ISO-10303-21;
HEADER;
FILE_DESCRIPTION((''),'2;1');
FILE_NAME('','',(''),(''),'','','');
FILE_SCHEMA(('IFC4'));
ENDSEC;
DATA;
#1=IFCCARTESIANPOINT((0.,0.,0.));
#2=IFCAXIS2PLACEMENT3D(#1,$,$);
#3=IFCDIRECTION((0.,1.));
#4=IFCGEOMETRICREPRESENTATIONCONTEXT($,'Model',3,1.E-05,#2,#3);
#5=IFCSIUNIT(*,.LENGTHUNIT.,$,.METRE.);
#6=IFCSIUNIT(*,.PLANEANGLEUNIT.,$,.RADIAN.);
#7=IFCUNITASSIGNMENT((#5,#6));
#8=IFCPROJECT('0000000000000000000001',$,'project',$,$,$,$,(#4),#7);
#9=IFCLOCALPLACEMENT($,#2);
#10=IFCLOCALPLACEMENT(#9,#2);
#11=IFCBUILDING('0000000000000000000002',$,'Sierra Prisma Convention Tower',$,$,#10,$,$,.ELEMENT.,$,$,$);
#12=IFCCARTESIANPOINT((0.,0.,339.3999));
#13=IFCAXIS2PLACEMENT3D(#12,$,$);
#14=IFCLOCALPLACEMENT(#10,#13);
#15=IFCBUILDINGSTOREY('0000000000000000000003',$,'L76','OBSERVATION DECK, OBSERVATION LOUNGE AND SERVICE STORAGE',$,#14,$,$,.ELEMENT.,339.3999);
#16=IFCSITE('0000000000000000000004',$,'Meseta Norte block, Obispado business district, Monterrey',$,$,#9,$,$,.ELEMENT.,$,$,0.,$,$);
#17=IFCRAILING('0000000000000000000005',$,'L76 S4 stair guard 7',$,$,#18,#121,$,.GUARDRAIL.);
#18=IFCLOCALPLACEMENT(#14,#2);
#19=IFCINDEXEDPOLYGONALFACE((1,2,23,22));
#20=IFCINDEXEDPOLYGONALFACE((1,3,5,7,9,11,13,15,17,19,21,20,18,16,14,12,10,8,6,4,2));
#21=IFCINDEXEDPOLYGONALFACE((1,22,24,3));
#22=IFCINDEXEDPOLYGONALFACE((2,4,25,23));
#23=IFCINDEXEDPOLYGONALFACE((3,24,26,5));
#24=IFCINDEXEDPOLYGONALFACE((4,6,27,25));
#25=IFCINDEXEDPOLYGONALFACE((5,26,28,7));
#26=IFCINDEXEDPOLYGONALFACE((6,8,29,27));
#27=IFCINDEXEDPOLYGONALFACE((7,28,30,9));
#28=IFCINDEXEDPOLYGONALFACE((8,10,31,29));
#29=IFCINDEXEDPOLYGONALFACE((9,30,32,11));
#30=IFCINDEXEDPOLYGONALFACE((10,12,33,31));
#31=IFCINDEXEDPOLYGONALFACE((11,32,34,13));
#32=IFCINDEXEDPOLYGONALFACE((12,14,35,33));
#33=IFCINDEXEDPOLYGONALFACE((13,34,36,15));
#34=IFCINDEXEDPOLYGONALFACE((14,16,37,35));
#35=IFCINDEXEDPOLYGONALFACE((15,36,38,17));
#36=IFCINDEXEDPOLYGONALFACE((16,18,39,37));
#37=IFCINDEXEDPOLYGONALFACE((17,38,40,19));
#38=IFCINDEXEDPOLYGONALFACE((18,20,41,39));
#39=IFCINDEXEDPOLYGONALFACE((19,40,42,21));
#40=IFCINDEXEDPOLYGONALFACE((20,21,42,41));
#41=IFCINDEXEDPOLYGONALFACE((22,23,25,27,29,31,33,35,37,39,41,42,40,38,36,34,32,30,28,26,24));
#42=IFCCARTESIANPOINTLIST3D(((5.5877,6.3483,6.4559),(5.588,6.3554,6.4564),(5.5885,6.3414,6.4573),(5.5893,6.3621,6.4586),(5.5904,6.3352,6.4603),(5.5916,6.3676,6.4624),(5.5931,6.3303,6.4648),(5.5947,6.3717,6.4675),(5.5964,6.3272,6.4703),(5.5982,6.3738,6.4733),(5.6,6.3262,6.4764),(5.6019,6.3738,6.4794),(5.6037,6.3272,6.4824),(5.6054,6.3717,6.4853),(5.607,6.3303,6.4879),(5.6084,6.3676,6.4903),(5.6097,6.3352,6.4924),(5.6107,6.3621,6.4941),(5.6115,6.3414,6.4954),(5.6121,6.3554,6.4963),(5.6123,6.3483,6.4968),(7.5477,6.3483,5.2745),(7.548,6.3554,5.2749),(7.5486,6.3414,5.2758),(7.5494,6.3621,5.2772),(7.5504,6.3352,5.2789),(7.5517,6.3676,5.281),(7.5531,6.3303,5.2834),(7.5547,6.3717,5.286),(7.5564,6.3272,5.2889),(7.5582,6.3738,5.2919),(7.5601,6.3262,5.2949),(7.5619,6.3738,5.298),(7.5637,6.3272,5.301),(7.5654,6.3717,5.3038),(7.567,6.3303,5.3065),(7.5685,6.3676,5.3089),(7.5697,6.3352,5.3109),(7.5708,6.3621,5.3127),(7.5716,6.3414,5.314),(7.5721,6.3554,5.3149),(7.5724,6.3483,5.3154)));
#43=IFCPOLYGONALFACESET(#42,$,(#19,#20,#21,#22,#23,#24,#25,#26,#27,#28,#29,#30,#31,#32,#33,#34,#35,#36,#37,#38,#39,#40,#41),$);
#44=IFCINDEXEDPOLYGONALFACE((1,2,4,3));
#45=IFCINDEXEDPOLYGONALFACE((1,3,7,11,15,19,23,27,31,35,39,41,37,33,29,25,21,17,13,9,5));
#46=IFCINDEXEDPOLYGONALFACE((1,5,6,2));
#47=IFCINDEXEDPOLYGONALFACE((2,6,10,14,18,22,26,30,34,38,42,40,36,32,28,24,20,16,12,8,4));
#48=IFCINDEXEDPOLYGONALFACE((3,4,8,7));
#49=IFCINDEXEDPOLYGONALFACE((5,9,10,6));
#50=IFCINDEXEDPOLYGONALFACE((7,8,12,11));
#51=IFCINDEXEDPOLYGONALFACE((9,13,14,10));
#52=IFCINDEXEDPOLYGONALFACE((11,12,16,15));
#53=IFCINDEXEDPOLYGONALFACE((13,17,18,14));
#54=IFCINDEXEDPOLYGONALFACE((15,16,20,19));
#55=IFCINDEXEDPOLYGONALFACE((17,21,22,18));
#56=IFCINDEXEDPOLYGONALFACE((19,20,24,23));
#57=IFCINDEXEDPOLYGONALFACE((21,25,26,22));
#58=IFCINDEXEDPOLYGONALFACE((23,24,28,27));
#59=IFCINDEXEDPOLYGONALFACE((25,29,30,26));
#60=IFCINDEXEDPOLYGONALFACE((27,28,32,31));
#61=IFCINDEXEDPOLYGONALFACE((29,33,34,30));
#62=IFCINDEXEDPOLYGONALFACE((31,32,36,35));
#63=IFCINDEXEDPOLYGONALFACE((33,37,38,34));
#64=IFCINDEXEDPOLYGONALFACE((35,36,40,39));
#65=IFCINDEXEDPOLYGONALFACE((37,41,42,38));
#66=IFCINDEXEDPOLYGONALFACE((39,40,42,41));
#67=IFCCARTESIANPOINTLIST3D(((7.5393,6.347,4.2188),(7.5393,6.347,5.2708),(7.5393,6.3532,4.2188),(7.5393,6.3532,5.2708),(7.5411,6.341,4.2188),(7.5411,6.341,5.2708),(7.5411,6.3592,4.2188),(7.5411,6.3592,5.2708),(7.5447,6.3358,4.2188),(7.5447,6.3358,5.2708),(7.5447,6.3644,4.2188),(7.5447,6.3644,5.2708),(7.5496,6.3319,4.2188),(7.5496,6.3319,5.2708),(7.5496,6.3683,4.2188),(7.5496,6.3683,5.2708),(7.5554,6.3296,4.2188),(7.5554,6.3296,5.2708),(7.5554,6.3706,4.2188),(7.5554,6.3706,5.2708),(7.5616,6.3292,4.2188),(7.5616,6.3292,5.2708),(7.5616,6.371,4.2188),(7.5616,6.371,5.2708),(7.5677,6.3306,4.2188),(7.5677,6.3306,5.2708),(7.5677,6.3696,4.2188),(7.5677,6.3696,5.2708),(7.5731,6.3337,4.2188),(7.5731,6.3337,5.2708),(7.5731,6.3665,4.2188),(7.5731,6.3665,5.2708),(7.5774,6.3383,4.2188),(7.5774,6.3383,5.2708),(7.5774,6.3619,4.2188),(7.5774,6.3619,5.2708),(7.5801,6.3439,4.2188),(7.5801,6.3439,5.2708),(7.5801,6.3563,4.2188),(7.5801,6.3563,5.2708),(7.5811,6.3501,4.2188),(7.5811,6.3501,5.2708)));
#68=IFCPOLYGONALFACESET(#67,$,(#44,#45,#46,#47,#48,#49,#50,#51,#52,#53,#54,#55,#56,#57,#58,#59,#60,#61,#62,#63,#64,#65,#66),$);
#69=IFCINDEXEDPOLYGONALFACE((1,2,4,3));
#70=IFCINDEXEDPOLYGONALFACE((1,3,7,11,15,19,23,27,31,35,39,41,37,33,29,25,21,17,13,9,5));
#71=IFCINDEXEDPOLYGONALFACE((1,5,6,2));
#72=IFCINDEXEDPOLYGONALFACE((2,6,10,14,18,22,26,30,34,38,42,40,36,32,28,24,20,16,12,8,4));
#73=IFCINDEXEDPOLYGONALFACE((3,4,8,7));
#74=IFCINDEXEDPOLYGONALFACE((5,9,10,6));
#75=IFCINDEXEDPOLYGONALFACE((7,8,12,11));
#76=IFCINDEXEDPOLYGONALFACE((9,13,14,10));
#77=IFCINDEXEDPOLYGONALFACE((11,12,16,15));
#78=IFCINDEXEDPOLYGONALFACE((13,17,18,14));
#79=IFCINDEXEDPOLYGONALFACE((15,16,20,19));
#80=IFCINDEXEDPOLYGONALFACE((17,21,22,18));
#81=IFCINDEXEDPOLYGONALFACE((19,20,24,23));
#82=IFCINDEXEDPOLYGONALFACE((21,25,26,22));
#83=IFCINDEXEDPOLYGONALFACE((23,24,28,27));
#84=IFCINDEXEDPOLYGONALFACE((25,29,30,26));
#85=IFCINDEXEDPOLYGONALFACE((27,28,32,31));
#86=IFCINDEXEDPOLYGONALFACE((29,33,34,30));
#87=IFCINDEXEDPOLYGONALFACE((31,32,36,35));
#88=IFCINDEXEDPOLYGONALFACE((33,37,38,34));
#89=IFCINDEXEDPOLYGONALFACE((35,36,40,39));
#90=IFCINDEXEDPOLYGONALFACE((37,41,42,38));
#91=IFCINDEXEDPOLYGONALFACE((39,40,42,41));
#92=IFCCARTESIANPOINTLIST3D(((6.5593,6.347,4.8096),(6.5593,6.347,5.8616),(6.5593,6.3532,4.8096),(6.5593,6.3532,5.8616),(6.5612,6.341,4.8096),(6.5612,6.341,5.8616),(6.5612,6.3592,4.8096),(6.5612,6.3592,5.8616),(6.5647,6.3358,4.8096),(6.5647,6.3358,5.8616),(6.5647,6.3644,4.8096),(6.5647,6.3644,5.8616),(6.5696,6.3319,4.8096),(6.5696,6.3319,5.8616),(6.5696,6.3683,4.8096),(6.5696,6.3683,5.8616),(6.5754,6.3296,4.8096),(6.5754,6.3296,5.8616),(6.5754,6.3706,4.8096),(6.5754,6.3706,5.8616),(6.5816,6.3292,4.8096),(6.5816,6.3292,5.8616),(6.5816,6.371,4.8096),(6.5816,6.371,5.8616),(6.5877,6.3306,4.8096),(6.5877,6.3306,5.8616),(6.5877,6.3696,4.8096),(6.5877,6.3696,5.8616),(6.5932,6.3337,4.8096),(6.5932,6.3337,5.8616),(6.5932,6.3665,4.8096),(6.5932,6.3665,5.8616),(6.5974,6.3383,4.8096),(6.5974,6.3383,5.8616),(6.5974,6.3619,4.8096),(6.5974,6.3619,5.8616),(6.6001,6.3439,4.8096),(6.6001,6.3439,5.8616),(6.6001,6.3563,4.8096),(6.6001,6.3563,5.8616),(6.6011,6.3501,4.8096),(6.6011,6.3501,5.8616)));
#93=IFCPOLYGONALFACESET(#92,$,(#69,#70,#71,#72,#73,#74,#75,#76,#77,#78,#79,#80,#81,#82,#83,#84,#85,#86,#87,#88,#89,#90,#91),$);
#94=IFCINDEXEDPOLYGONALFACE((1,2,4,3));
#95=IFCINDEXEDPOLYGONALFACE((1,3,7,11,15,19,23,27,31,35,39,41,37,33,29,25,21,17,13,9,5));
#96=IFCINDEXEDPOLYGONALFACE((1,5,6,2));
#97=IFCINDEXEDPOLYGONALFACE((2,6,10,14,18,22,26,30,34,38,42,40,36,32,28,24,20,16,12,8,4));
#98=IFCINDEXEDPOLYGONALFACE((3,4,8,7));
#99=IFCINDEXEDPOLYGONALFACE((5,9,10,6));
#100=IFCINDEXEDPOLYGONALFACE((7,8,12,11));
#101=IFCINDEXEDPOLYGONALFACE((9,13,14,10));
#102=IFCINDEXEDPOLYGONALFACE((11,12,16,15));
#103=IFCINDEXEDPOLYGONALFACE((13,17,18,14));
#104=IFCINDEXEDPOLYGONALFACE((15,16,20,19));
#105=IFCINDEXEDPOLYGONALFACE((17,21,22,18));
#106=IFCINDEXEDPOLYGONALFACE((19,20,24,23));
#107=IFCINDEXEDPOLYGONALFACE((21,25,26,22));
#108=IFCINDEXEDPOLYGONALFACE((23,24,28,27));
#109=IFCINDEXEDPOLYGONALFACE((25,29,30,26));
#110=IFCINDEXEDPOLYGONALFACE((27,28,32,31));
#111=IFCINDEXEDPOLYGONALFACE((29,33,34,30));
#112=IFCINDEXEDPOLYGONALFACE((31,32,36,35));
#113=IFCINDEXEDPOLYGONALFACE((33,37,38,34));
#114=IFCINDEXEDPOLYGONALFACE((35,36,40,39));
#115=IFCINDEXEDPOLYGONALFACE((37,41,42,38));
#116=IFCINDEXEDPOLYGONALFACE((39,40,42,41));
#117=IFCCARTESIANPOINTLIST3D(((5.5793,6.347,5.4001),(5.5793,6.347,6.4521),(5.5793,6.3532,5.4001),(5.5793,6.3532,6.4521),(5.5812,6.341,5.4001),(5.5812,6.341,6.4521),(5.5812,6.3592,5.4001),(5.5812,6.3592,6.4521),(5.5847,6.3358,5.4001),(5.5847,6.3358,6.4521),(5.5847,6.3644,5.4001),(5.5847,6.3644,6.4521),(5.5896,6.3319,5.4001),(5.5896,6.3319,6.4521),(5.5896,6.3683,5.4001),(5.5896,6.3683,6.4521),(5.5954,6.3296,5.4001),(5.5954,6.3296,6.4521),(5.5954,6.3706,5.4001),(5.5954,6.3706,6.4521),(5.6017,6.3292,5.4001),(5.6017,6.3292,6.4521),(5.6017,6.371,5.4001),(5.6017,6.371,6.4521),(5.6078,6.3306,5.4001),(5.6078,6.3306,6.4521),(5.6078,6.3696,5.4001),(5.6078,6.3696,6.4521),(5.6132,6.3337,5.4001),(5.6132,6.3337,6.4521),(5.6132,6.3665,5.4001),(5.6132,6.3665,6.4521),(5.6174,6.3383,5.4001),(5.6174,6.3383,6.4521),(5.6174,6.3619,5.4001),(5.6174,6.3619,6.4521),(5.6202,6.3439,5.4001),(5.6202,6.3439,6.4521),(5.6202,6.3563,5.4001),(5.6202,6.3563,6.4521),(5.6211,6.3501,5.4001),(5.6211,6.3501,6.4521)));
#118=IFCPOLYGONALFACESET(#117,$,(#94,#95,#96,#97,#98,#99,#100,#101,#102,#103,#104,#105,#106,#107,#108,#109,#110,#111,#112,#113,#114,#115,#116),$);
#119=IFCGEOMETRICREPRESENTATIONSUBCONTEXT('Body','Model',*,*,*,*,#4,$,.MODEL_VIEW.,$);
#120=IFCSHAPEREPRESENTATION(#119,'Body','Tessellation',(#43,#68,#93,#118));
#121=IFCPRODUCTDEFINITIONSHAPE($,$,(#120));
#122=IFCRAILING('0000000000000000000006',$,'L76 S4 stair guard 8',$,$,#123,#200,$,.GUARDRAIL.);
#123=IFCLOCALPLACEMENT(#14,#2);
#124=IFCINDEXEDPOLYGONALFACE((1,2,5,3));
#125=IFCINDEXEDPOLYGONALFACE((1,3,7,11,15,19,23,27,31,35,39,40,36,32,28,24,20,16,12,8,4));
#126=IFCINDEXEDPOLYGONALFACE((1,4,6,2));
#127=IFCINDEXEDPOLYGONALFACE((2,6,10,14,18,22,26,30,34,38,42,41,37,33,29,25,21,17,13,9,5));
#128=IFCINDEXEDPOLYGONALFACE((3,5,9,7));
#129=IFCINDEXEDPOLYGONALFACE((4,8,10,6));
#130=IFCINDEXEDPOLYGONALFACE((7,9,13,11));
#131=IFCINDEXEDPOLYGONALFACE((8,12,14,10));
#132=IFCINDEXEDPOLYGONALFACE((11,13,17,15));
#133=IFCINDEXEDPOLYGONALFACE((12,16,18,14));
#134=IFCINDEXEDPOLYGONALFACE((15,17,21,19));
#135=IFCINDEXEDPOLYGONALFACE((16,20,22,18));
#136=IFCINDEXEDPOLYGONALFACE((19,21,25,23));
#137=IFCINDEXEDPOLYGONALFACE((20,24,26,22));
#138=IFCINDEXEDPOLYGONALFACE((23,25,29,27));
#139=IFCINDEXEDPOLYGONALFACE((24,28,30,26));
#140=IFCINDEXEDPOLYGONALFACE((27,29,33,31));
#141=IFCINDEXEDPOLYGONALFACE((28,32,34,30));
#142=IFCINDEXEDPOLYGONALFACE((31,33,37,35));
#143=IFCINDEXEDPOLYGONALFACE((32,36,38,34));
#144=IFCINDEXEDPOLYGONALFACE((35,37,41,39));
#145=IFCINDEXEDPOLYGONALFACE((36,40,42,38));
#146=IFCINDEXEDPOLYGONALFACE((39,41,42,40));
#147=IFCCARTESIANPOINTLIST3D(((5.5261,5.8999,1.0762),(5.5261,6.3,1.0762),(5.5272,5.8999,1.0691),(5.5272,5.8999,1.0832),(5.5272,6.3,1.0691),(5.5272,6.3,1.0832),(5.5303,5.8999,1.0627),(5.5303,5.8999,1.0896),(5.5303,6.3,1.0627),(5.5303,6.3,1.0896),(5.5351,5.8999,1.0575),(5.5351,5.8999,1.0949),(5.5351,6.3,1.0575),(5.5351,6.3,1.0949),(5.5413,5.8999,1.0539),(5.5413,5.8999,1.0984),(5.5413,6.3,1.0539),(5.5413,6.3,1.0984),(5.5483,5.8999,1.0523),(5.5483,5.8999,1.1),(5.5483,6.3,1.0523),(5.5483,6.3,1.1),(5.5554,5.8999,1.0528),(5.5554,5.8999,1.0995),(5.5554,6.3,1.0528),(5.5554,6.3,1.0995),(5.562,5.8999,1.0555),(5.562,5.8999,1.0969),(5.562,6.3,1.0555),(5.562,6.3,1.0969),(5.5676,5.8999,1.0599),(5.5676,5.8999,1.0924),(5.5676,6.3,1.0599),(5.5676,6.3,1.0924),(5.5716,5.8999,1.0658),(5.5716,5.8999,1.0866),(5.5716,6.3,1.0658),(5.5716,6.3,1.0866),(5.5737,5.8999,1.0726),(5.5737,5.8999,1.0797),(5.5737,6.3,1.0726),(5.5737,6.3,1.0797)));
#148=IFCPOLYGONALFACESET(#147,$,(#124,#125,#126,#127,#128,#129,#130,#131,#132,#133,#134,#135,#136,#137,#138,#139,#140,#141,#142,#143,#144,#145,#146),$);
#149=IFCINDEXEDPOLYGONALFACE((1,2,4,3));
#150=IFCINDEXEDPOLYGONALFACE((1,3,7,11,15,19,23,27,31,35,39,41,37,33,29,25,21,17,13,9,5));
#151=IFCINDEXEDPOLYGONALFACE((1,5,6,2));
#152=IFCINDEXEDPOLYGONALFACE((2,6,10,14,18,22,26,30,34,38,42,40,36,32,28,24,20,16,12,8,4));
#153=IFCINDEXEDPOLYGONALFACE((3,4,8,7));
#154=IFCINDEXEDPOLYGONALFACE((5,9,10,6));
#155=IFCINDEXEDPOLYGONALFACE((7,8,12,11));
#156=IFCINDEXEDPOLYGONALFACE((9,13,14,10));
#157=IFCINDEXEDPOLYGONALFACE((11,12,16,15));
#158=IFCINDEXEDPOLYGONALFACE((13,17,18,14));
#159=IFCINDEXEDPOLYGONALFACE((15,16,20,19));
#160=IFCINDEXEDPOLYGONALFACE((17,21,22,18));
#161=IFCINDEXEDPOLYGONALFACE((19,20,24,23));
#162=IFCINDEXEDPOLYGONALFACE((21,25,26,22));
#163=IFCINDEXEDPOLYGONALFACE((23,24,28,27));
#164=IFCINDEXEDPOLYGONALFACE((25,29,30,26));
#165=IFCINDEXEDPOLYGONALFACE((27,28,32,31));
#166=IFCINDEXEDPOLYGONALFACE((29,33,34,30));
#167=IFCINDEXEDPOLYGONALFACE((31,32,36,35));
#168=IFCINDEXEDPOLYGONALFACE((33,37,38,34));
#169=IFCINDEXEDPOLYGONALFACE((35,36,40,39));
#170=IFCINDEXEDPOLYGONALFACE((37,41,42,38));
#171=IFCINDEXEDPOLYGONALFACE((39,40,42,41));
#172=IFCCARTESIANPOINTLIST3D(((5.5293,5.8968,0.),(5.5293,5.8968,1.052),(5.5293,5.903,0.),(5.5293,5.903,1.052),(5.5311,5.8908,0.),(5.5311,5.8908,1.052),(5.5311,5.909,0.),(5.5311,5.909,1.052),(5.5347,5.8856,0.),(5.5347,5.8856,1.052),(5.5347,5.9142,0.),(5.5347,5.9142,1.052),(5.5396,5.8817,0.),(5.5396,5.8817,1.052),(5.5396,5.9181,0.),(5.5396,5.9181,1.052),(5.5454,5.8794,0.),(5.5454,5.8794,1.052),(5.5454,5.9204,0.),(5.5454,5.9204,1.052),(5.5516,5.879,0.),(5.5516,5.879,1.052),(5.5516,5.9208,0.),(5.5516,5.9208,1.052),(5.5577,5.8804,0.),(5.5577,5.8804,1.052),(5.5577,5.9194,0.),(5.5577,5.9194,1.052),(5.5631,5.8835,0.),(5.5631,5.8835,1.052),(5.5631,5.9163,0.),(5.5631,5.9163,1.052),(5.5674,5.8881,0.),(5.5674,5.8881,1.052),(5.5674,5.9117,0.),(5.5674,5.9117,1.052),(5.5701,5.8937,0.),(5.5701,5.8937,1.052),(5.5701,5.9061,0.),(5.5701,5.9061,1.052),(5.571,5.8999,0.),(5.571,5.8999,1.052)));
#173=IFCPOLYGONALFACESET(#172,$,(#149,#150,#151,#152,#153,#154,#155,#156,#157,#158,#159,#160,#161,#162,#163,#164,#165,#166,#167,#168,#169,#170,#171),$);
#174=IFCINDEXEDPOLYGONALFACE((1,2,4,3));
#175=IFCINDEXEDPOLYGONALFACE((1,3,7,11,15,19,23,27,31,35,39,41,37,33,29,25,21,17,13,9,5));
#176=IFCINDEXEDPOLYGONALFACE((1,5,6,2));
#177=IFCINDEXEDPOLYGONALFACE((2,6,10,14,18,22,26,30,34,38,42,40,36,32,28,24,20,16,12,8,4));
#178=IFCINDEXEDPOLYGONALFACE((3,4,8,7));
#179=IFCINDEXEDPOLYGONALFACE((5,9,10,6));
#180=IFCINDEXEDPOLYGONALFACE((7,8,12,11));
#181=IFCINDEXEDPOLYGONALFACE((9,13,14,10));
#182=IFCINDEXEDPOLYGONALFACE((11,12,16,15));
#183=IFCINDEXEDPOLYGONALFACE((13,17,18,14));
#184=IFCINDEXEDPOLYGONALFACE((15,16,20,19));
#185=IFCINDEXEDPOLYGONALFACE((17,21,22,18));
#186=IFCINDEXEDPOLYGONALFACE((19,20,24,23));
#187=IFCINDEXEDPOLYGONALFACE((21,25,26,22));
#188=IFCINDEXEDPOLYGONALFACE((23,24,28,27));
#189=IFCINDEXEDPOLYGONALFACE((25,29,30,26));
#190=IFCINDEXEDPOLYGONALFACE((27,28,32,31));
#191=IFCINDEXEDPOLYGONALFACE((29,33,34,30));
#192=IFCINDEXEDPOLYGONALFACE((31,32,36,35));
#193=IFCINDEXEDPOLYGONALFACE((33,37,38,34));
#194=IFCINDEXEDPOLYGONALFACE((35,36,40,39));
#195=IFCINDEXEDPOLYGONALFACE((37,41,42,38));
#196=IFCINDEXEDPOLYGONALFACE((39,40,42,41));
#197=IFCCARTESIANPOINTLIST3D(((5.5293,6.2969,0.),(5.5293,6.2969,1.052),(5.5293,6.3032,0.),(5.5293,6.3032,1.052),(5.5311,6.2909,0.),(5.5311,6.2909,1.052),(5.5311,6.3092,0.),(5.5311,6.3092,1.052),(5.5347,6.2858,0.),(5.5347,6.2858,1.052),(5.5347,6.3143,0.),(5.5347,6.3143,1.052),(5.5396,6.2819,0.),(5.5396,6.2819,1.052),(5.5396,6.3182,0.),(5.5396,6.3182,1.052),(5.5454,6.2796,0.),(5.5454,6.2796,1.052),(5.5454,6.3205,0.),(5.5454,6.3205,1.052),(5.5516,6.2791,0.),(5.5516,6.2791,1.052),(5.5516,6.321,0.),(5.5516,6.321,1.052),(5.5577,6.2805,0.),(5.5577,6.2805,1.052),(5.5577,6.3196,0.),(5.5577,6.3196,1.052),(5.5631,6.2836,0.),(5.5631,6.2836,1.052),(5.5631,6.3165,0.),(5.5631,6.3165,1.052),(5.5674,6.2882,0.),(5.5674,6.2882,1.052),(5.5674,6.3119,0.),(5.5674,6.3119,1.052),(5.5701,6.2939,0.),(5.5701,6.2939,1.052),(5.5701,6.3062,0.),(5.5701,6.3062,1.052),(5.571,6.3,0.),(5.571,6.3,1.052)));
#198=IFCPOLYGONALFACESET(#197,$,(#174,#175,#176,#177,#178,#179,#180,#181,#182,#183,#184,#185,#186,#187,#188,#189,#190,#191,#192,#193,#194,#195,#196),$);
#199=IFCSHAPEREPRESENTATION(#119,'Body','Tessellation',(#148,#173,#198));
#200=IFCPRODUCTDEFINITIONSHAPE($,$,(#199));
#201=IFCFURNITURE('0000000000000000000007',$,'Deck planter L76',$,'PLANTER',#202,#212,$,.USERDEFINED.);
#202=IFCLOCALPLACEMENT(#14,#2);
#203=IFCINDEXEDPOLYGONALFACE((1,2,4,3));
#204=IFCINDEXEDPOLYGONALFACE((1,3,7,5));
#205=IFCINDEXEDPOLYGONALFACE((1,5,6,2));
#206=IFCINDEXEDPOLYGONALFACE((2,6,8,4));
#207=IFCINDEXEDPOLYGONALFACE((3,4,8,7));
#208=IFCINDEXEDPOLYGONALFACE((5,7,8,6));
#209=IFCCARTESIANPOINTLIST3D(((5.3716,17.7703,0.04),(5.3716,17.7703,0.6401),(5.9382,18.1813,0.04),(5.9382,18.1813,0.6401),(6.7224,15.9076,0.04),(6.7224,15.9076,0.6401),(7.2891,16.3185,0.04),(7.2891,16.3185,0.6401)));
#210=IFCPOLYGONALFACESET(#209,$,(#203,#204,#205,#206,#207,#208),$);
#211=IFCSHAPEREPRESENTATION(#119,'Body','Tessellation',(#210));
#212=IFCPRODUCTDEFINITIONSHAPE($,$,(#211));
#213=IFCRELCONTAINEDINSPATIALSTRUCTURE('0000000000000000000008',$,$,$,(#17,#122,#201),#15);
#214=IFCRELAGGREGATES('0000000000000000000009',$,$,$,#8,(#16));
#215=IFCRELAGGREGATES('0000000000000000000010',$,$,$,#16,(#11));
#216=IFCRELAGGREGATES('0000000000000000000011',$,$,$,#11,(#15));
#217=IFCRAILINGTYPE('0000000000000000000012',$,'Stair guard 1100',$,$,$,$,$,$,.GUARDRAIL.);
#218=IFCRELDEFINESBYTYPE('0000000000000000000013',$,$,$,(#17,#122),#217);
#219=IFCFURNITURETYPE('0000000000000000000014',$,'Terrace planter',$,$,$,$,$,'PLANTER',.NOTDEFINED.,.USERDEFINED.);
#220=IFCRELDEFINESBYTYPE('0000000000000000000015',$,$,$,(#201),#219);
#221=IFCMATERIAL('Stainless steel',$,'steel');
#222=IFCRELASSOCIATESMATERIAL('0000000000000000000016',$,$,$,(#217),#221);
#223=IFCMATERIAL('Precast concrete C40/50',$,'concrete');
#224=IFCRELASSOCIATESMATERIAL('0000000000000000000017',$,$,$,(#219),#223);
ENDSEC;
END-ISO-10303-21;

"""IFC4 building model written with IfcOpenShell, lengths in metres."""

from ifc_helpers import new_model, si_unit, direction, frame, origin, origin_2d, place, context, subcontext, project, spatial, rectangle, circle, extrude, material, type_object, element, save


model = new_model("IFC4")

# Units and contexts
model_context = context("Model", 3, precision=1e-05, world=origin(), true_north=direction((0.0, 1.0)))
body_context = subcontext(model_context, "Body", "Model", "MODEL_VIEW")
ifc_project = project(units=[si_unit("LENGTHUNIT", "METRE"), si_unit("PLANEANGLEUNIT", "RADIAN")], contexts=[model_context])

# Site, building, storey
site_placement = place(None, origin())
site = spatial("IfcSite", under=ifc_project, at=site_placement, Name="Meseta Norte block, Obispado business district, Monterrey", CompositionType="ELEMENT", RefElevation=0.0)
building_placement = place(site_placement, origin())
building = spatial("IfcBuilding", under=site, at=building_placement, Name="Sierra Prisma Convention Tower", CompositionType="ELEMENT")
storey_placement = place(building_placement, frame((0.0, 0.0, 339.3999)))
storey = spatial("IfcBuildingStorey", under=building, at=storey_placement, Name="L76", Description="OBSERVATION DECK, OBSERVATION LOUNGE AND SERVICE STORAGE", CompositionType="ELEMENT", Elevation=339.3999)

# Railings
ifc_material_1 = material(Name="Stainless steel", Category="steel")
railing_type_1 = type_object("IfcRailingType", Name="Stair guard 1100", PredefinedType="GUARDRAIL", material=ifc_material_1)
railing_1_placement = place(storey_placement, frame((7.5601, 6.3501, 4.2188)))
element("IfcRailing", 1, at=railing_1_placement, inside=storey, type_object=railing_type_1, Name="L76 S4 stair guard 7", PredefinedType="GUARDRAIL", context=body_context, shape_type="SweptSolid", body=[
    extrude(circle(Radius=0.0239, at=origin_2d()), frame((0.0, 0.0, 1.0762), z_axis=(-0.856446, 0.0, 0.516236), x_axis=(0.0, -1.0, 0.0)), (0.0, 0.0, 1.0), 2.2886),
    extrude(circle(Radius=0.021, at=origin_2d()), origin(), (0.0, 0.0, 1.0), 1.052),
    extrude(circle(Radius=0.021, at=origin_2d()), frame((-0.98, 0.0, 0.5908)), (0.0, 0.0, 1.0), 1.052),
    extrude(circle(Radius=0.021, at=origin_2d()), frame((-1.96, 0.0, 1.1814)), (0.0, 0.0, 1.0), 1.052),
])
railing_2_placement = place(storey_placement, frame((5.55, 5.8999, 0.0)))
element("IfcRailing", 2, at=railing_2_placement, inside=storey, type_object=railing_type_1, Name="L76 S4 stair guard 8", PredefinedType="GUARDRAIL", context=body_context, shape_type="SweptSolid", body=[
    extrude(circle(Radius=0.0239, at=origin_2d()), frame((0.0, 0.0, 1.0762), z_axis=(0.0, 1.0, 0.0), x_axis=(-1.0, 0.0, 0.0)), (0.0, 0.0, 1.0), 0.4001),
    extrude(circle(Radius=0.021, at=origin_2d()), origin(), (0.0, 0.0, 1.0), 1.052),
    extrude(circle(Radius=0.021, at=origin_2d()), frame((0.0, 0.4001, 0.0)), (0.0, 0.0, 1.0), 1.052),
])

# Furniture
ifc_material_2 = material(Name="Precast concrete C40/50", Category="concrete")
furniture_type = type_object("IfcFurnitureType", Name="Terrace planter", ElementType="PLANTER", AssemblyPlace="NOTDEFINED", PredefinedType="USERDEFINED", material=ifc_material_2)
furniture_1_placement = place(storey_placement, frame((6.3303, 17.0444, 0.04), z_axis=(0.0, 0.0, 1.0), x_axis=(-0.587078, 0.80953, 0.0)))
element("IfcFurniture", 3, at=furniture_1_placement, inside=storey, type_object=furniture_type, Name="Deck planter L76", ObjectType="PLANTER", PredefinedType="USERDEFINED", context=body_context, shape_type="SweptSolid", body=[
    extrude(rectangle(XDim=2.301, YDim=0.7, at=origin_2d()), origin(), (0.0, 0.0, 1.0), 0.6001),
])

save(model, "model.ifc")
